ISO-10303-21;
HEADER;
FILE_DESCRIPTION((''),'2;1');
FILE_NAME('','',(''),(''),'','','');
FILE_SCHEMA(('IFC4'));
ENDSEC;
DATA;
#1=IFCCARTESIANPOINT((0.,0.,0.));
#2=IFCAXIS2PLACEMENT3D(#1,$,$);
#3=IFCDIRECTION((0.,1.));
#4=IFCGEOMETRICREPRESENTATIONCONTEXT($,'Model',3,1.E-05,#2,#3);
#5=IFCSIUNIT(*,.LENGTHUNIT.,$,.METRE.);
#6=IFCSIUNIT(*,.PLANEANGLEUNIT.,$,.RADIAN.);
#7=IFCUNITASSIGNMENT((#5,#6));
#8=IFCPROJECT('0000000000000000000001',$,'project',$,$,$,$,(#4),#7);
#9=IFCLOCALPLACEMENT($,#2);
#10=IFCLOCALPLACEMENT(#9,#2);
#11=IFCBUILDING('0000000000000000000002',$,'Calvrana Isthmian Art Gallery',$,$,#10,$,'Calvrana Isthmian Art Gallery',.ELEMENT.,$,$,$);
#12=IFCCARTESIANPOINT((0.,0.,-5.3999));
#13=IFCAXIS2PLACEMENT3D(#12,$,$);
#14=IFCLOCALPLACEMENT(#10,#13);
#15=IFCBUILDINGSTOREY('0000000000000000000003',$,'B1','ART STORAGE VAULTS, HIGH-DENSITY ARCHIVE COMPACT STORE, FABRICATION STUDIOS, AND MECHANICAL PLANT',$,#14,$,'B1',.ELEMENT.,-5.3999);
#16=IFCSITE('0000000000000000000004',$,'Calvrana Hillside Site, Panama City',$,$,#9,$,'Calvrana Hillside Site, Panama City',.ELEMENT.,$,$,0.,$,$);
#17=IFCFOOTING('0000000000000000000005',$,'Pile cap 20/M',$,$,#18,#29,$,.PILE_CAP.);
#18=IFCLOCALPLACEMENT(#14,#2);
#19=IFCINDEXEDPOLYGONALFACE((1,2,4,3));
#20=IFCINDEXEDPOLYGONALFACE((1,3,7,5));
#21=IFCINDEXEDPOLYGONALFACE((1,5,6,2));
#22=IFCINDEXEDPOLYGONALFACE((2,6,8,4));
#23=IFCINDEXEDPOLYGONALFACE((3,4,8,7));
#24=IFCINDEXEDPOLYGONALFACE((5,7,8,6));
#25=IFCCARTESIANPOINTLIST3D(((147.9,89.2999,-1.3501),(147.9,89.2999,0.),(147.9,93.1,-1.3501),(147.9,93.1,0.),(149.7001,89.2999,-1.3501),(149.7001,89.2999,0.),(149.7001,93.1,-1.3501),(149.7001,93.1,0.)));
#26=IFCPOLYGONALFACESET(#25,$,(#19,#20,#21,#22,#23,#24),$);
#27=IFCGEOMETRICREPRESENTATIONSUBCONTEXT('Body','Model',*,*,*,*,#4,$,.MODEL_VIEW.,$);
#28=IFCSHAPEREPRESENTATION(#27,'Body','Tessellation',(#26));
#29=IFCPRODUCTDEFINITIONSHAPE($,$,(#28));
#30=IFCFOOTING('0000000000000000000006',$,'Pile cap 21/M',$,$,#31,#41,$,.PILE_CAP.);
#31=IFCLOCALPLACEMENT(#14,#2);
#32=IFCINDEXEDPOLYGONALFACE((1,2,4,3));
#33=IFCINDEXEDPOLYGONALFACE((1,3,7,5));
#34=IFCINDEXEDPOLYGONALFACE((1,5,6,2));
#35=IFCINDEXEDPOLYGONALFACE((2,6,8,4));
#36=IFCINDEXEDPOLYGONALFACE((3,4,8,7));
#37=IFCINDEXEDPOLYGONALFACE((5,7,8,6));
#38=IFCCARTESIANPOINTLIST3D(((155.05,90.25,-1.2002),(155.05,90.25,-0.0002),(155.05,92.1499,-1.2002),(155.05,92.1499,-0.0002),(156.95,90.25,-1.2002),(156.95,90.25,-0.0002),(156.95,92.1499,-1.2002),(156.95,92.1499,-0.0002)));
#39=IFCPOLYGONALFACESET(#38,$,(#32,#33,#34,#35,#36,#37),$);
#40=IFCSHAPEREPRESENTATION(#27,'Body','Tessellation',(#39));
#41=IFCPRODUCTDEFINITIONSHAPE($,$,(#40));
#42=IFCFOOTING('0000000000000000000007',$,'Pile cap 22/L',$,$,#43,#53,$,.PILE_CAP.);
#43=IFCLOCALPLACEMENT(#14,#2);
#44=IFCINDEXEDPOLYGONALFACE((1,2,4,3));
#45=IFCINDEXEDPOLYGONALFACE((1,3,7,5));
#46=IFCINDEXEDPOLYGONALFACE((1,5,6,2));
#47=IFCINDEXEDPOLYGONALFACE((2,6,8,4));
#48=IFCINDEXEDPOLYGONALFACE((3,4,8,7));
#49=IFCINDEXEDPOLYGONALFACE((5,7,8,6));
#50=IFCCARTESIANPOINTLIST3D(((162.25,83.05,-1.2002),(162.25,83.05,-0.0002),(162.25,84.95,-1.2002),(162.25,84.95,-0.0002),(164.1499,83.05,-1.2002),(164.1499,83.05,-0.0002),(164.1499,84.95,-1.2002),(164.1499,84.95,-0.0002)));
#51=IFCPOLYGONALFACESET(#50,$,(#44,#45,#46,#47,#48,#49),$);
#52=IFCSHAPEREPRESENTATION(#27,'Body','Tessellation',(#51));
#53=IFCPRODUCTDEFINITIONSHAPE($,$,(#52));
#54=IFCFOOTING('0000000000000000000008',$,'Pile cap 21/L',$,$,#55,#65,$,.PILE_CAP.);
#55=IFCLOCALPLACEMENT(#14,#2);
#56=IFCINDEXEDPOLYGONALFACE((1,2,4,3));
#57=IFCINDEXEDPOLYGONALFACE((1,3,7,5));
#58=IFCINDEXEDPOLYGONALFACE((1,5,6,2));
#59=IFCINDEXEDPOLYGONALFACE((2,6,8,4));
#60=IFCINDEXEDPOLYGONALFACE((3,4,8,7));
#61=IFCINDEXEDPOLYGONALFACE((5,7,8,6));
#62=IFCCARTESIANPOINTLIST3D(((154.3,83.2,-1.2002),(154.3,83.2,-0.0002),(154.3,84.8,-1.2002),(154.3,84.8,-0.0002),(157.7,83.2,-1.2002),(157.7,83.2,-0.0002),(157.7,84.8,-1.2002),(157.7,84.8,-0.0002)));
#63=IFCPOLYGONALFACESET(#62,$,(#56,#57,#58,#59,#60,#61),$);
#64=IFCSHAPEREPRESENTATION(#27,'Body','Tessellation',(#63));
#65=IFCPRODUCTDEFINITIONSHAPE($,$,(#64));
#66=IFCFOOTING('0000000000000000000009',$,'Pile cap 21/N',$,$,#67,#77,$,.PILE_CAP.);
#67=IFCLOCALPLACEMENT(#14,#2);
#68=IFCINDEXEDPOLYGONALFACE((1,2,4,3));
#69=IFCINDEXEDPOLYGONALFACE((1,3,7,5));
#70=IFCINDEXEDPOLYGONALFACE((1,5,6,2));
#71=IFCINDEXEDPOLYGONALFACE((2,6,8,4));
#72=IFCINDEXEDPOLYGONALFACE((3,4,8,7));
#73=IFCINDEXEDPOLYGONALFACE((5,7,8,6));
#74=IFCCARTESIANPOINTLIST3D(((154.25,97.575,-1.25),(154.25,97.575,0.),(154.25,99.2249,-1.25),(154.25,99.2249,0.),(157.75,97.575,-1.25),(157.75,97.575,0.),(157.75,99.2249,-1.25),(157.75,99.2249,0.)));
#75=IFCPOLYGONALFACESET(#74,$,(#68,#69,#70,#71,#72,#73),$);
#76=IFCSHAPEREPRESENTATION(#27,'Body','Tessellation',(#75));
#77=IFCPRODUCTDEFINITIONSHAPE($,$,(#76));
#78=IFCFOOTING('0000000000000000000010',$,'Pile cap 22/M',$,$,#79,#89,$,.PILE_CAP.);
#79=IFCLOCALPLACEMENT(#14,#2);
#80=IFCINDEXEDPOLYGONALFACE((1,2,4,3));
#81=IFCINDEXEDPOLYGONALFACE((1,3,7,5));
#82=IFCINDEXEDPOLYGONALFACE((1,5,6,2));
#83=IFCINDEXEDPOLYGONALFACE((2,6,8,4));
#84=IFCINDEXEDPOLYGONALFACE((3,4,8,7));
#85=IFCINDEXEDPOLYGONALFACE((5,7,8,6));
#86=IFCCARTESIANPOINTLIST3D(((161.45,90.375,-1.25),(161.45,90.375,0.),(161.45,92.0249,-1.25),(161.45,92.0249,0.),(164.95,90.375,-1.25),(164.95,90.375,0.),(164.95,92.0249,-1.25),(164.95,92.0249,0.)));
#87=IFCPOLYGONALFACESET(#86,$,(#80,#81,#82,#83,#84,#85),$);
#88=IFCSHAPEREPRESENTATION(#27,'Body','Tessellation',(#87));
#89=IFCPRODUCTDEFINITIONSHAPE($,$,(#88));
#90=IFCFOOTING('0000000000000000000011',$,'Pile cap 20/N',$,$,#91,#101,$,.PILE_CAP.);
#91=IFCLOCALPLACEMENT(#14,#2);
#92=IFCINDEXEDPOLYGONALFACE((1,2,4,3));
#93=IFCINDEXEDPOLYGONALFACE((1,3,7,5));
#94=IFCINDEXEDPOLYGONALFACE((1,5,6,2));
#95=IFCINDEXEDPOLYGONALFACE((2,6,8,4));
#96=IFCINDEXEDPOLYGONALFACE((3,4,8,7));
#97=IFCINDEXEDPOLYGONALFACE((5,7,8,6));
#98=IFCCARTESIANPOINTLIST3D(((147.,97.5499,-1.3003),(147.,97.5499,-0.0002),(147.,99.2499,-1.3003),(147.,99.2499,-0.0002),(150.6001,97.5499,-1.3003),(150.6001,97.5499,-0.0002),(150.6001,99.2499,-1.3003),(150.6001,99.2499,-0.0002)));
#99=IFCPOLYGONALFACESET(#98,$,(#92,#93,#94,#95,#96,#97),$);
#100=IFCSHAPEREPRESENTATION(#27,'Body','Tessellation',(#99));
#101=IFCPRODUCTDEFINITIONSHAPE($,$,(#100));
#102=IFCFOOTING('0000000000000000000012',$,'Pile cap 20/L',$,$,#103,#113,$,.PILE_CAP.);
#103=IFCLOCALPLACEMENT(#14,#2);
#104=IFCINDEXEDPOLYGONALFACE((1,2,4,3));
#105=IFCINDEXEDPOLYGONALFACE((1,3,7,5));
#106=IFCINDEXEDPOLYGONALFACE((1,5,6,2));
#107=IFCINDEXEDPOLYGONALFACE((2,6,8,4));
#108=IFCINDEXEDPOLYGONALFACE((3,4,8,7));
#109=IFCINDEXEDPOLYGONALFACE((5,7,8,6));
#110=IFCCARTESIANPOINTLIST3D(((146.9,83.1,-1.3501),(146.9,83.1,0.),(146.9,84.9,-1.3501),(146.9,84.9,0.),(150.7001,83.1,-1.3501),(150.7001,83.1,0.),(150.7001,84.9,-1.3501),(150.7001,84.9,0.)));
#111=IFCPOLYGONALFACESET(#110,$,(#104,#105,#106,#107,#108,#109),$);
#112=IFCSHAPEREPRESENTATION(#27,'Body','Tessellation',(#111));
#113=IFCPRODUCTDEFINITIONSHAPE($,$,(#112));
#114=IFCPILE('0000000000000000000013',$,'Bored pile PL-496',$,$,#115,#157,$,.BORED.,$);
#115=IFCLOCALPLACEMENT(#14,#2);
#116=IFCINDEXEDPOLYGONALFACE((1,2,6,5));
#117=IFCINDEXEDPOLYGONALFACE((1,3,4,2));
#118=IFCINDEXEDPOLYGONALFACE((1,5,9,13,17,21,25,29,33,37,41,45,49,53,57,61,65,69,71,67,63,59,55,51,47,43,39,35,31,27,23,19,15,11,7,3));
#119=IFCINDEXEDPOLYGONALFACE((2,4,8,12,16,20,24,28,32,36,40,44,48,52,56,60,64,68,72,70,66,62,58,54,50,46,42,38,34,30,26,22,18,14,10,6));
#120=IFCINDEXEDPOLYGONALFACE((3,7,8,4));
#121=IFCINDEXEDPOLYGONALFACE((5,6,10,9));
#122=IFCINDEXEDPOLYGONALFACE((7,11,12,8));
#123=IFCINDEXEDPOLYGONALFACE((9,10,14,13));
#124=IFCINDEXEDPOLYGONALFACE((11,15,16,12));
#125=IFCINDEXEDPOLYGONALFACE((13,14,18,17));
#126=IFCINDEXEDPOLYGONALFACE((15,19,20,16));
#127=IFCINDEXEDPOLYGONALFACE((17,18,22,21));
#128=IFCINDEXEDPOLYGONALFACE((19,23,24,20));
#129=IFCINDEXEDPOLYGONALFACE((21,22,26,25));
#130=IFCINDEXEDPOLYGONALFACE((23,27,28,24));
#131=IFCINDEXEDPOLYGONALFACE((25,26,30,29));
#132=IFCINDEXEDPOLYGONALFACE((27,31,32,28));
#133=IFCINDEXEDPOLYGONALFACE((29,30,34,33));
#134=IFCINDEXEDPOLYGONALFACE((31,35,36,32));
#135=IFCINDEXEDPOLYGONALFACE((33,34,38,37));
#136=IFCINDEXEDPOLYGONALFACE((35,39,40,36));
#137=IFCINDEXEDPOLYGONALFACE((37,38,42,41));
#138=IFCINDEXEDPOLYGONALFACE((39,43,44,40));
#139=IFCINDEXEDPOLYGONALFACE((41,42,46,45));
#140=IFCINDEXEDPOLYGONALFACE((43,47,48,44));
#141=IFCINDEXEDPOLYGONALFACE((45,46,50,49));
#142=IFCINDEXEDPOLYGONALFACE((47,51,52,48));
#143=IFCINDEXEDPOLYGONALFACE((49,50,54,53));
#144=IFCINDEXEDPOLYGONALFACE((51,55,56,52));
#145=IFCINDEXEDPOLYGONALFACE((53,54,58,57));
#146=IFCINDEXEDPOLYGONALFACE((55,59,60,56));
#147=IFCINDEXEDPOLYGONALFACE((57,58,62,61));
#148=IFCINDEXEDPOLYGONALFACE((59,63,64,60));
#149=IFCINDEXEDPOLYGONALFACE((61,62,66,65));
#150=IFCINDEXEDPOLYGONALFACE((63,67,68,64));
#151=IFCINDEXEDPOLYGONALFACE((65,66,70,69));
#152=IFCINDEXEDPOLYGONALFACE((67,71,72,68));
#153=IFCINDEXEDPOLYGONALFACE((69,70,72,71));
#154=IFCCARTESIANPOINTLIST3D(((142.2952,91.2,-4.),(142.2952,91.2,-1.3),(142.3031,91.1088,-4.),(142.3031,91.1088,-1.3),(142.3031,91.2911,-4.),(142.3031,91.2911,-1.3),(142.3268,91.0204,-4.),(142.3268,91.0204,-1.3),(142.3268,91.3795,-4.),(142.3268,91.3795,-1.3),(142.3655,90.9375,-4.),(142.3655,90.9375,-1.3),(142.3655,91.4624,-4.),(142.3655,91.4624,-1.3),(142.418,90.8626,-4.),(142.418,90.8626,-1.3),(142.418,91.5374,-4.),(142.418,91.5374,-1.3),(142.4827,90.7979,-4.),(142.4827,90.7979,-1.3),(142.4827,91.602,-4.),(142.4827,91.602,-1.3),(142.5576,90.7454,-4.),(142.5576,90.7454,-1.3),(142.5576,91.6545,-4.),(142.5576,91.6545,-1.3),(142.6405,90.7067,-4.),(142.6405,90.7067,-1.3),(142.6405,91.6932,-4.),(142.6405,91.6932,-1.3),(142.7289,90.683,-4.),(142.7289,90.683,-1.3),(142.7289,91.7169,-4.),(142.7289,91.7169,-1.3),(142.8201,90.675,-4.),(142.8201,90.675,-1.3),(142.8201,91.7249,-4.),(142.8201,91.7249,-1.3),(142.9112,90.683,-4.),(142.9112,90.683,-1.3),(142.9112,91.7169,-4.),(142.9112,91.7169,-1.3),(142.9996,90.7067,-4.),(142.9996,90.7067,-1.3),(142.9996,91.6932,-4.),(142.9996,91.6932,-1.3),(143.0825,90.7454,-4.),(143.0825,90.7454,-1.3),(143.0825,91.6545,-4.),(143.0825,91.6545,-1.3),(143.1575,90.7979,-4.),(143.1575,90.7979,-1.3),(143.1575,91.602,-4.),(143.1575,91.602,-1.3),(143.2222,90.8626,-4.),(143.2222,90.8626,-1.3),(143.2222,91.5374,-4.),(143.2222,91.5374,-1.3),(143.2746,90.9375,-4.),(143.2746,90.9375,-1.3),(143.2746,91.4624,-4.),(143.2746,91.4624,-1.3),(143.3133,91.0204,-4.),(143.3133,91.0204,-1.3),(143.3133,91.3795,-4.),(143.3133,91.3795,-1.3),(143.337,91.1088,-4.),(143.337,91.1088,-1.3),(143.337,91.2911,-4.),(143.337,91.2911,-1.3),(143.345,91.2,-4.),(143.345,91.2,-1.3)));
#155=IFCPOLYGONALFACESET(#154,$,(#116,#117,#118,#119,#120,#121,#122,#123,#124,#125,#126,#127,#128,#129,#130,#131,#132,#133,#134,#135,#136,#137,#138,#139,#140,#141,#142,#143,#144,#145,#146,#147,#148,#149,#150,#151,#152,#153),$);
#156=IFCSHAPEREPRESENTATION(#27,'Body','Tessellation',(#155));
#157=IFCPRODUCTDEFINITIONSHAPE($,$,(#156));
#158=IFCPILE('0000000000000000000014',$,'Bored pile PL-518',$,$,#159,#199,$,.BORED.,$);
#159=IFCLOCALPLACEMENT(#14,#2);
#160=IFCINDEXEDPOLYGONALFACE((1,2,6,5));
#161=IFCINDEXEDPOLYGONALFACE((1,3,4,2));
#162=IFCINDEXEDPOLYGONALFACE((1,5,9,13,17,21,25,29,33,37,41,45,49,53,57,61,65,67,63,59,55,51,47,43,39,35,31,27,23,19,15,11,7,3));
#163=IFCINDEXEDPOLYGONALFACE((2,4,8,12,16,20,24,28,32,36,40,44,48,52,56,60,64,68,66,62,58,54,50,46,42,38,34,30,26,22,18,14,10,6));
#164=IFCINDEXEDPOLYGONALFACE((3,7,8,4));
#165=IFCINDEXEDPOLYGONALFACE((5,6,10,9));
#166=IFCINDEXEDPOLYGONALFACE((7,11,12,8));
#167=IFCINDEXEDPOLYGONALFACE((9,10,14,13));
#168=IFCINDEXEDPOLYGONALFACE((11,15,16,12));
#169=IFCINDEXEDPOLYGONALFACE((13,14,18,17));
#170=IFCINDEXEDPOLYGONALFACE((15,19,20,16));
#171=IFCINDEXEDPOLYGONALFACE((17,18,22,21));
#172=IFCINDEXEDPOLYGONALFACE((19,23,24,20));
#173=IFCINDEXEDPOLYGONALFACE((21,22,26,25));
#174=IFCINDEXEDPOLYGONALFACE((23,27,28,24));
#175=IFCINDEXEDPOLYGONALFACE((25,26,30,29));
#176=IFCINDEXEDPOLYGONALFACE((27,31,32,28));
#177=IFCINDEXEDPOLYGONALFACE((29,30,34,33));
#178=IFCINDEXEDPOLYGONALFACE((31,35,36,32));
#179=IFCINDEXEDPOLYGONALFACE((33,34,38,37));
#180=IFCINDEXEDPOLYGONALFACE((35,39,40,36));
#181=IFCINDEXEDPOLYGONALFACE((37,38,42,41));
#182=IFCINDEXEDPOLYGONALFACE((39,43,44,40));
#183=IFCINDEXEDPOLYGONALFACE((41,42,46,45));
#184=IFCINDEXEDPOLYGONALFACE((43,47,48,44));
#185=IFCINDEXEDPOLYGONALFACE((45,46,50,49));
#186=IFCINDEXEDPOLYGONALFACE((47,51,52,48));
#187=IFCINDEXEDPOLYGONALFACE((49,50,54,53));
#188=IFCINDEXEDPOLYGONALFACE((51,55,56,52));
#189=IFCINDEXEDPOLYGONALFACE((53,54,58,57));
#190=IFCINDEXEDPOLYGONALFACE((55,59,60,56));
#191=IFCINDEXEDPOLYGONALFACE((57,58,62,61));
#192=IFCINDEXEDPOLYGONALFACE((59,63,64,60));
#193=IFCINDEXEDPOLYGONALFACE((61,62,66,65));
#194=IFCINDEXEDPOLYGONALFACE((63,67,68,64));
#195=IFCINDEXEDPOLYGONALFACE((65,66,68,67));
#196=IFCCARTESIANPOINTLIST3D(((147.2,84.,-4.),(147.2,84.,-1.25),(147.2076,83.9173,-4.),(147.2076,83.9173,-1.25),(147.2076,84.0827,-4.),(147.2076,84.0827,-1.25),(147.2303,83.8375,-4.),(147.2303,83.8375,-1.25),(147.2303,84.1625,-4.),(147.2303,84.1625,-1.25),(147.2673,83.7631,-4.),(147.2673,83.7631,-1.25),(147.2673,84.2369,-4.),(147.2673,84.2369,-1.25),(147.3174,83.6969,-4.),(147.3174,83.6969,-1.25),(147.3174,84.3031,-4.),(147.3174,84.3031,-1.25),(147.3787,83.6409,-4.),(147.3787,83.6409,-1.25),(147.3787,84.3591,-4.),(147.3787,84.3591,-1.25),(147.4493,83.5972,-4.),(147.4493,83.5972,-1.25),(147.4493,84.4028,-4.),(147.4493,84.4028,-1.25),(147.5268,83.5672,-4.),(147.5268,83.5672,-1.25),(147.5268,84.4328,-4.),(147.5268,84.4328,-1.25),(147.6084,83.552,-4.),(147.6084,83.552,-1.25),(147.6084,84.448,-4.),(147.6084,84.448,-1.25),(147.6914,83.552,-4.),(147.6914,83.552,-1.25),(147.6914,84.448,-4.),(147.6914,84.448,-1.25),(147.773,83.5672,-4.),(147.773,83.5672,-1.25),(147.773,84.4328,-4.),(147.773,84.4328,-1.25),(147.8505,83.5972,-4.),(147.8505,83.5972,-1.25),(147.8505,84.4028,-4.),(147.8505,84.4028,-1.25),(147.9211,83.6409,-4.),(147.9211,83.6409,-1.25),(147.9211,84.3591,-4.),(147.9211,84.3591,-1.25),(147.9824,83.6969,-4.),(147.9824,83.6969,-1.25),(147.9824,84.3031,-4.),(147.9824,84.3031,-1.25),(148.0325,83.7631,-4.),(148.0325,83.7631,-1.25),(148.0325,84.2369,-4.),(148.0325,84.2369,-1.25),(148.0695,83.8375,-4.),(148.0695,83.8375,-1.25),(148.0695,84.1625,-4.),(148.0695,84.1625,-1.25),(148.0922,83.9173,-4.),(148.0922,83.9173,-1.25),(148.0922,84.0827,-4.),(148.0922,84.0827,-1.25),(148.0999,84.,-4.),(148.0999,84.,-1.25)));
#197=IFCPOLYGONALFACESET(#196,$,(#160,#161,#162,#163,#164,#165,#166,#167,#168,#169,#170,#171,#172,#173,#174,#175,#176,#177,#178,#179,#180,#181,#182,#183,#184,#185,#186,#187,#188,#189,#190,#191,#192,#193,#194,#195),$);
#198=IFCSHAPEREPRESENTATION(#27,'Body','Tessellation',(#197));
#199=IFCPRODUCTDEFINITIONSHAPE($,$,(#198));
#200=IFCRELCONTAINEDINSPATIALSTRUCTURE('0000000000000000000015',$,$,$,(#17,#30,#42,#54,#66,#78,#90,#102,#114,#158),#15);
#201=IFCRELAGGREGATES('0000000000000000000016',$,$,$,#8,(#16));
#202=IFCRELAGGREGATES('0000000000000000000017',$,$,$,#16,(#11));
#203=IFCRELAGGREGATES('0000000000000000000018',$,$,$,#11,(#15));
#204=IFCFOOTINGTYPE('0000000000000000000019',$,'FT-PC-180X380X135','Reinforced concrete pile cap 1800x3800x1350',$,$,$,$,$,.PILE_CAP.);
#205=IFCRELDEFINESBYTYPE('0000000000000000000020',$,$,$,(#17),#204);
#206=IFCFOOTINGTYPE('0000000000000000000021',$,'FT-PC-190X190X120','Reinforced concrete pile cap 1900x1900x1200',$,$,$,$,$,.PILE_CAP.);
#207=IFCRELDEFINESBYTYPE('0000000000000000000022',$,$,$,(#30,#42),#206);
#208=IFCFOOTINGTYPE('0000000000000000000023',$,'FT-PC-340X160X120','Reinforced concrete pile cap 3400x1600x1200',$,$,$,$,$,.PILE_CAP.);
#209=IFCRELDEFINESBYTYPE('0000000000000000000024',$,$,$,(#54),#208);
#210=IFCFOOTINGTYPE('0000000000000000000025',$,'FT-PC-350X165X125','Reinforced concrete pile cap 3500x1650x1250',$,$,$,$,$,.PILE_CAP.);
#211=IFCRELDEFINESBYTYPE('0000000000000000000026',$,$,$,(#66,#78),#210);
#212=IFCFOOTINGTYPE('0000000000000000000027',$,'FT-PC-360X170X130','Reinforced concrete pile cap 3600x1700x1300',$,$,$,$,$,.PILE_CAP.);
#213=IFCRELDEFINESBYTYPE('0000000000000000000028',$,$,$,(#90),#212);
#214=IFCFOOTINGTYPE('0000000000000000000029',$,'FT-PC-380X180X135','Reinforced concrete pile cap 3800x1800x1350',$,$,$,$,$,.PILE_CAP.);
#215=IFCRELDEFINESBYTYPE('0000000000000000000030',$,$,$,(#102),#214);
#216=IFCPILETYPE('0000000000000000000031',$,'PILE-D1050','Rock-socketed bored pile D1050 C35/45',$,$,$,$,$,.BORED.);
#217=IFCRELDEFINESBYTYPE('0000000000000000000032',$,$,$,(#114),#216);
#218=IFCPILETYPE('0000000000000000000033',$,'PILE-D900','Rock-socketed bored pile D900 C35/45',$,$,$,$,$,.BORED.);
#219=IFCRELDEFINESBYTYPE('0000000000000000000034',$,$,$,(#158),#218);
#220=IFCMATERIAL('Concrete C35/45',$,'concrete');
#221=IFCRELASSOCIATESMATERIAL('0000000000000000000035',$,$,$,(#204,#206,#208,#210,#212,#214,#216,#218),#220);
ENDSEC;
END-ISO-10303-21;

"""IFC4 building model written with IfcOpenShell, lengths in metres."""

from ifc_helpers import new_model, si_unit, direction, frame, origin, origin_2d, place, context, subcontext, project, spatial, rectangle, circle, extrude, material, material_profile, profile_set, type_object, element, save


model = new_model("IFC4")

# Units and contexts
model_context = context("Model", 3, precision=1e-05, world=origin(), true_north=direction((0.0, 1.0)))
body_context = subcontext(model_context, "Body", "Model", "MODEL_VIEW")
ifc_project = project(units=[si_unit("LENGTHUNIT", "METRE"), si_unit("PLANEANGLEUNIT", "RADIAN")], contexts=[model_context])

# Site, building, storey
site_placement = place(None, origin())
site = spatial("IfcSite", under=ifc_project, at=site_placement, Name="Calvrana Hillside Site, Panama City", LongName="Calvrana Hillside Site, Panama City", CompositionType="ELEMENT", RefElevation=0.0)
building_placement = place(site_placement, origin())
building = spatial("IfcBuilding", under=site, at=building_placement, Name="Calvrana Isthmian Art Gallery", LongName="Calvrana Isthmian Art Gallery", CompositionType="ELEMENT")
storey_placement = place(building_placement, frame((0.0, 0.0, -5.3999)))
storey = spatial("IfcBuildingStorey", under=building, at=storey_placement, Name="B1", Description="ART STORAGE VAULTS, HIGH-DENSITY ARCHIVE COMPACT STORE, FABRICATION STUDIOS, AND MECHANICAL PLANT", LongName="B1", CompositionType="ELEMENT", Elevation=-5.3999)

# Footings
ifc_material_1 = material(Name="Concrete C35/45", Category="concrete")
footing_type_1 = type_object("IfcFootingType", Name="FT-PC-180X380X135", Description="Reinforced concrete pile cap 1800x3800x1350", PredefinedType="PILE_CAP", material=ifc_material_1)
footing_1_placement = place(storey_placement, frame((148.8, 91.2, -1.3501), z_axis=(0.0, 0.0, 1.0), x_axis=(1.0, 0.0, 0.0)))
element("IfcFooting", 1, at=footing_1_placement, inside=storey, type_object=footing_type_1, Name="Pile cap 20/M", PredefinedType="PILE_CAP", context=body_context, shape_type="SweptSolid", body=[
    extrude(rectangle(XDim=1.8, YDim=3.8, at=origin_2d()), origin(), (0.0, 0.0, 1.0), 1.3501),
])
footing_type_2 = type_object("IfcFootingType", Name="FT-PC-190X190X120", Description="Reinforced concrete pile cap 1900x1900x1200", PredefinedType="PILE_CAP", material=ifc_material_1)
for number, where, z_axis, x_axis, name in (
    (2, (156.0, 91.2, -1.2002), (0.0, 0.0, 1.0), (1.0, 0.0, 0.0), "Pile cap 21/M"),
    (3, (163.2, 84.0, -1.2002), (0.0, 0.0, 1.0), (1.0, 0.0, 0.0), "Pile cap 22/L"),
):
    element("IfcFooting", number, at=place(storey_placement, frame(where, z_axis=z_axis, x_axis=x_axis)), inside=storey, type_object=footing_type_2, Name=name, PredefinedType="PILE_CAP", context=body_context, shape_type="SweptSolid", body=[
        extrude(rectangle(XDim=1.8999, YDim=1.8999, at=origin_2d()), origin(), (0.0, 0.0, 1.0), 1.2),
    ])
footing_type_3 = type_object("IfcFootingType", Name="FT-PC-340X160X120", Description="Reinforced concrete pile cap 3400x1600x1200", PredefinedType="PILE_CAP", material=ifc_material_1)
footing_2_placement = place(storey_placement, frame((156.0, 84.0, -1.2002), z_axis=(0.0, 0.0, 1.0), x_axis=(1.0, 0.0, 0.0)))
element("IfcFooting", 4, at=footing_2_placement, inside=storey, type_object=footing_type_3, Name="Pile cap 21/L", PredefinedType="PILE_CAP", context=body_context, shape_type="SweptSolid", body=[
    extrude(rectangle(XDim=3.3999, YDim=1.6001, at=origin_2d()), origin(), (0.0, 0.0, 1.0), 1.2),
])
footing_type_4 = type_object("IfcFootingType", Name="FT-PC-350X165X125", Description="Reinforced concrete pile cap 3500x1650x1250", PredefinedType="PILE_CAP", material=ifc_material_1)
for number, where, z_axis, x_axis, name in (
    (5, (156.0, 98.3999, -1.25), (0.0, 0.0, 1.0), (1.0, 0.0, 0.0), "Pile cap 21/N"),
    (6, (163.2, 91.2, -1.25), (0.0, 0.0, 1.0), (1.0, 0.0, 0.0), "Pile cap 22/M"),
):
    element("IfcFooting", number, at=place(storey_placement, frame(where, z_axis=z_axis, x_axis=x_axis)), inside=storey, type_object=footing_type_4, Name=name, PredefinedType="PILE_CAP", context=body_context, shape_type="SweptSolid", body=[
        extrude(rectangle(XDim=3.5, YDim=1.6499, at=origin_2d()), origin(), (0.0, 0.0, 1.0), 1.25),
    ])
footing_type_5 = type_object("IfcFootingType", Name="FT-PC-360X170X130", Description="Reinforced concrete pile cap 3600x1700x1300", PredefinedType="PILE_CAP", material=ifc_material_1)
footing_3_placement = place(storey_placement, frame((148.8, 98.3999, -1.3003), z_axis=(0.0, 0.0, 1.0), x_axis=(1.0, 0.0, 0.0)))
element("IfcFooting", 7, at=footing_3_placement, inside=storey, type_object=footing_type_5, Name="Pile cap 20/N", PredefinedType="PILE_CAP", context=body_context, shape_type="SweptSolid", body=[
    extrude(rectangle(XDim=3.6001, YDim=1.7, at=origin_2d()), origin(), (0.0, 0.0, 1.0), 1.3),
])
footing_type_6 = type_object("IfcFootingType", Name="FT-PC-380X180X135", Description="Reinforced concrete pile cap 3800x1800x1350", PredefinedType="PILE_CAP", material=ifc_material_1)
footing_4_placement = place(storey_placement, frame((148.8, 84.0, -1.3501), z_axis=(0.0, 0.0, 1.0), x_axis=(1.0, 0.0, 0.0)))
element("IfcFooting", 8, at=footing_4_placement, inside=storey, type_object=footing_type_6, Name="Pile cap 20/L", PredefinedType="PILE_CAP", context=body_context, shape_type="SweptSolid", body=[
    extrude(rectangle(XDim=3.8, YDim=1.8, at=origin_2d()), origin(), (0.0, 0.0, 1.0), 1.3501),
])

# Piles
ifc_material_profile_1 = material_profile(ifc_material_1, circle(Radius=0.5249, at=origin_2d()), Name="PILE1050D")
ifc_profile_set_1 = profile_set([ifc_material_profile_1], Name="Concrete C35/45")
pile_type_1 = type_object("IfcPileType", Name="PILE-D1050", Description="Rock-socketed bored pile D1050 C35/45", PredefinedType="BORED", material=ifc_profile_set_1)
pile_1_placement = place(storey_placement, frame((142.8201, 91.2, -1.3), z_axis=(0.0, 0.0, -1.0), x_axis=(1.0, 0.0, 0.0)))
element("IfcPile", 9, at=pile_1_placement, inside=storey, type_object=pile_type_1, Name="Bored pile PL-496", PredefinedType="BORED", context=body_context, shape_type="SweptSolid", body=[
    extrude(circle(Radius=0.5249, at=origin_2d()), origin(), (0.0, 0.0, 1.0), 2.7),
])
ifc_material_profile_2 = material_profile(ifc_material_1, circle(Radius=0.45, at=origin_2d()), Name="PILE900D")
ifc_profile_set_2 = profile_set([ifc_material_profile_2], Name="Concrete C35/45")
pile_type_2 = type_object("IfcPileType", Name="PILE-D900", Description="Rock-socketed bored pile D900 C35/45", PredefinedType="BORED", material=ifc_profile_set_2)
for number, where, z_axis, x_axis, name in (
    (10, (147.6499, 84.0, -1.25), (0.0, 0.0, -1.0), (1.0, 0.0, 0.0), "Bored pile PL-518"),
):
    element("IfcPile", number, at=place(storey_placement, frame(where, z_axis=z_axis, x_axis=x_axis)), inside=storey, type_object=pile_type_2, Name=name, PredefinedType="BORED", context=body_context, shape_type="SweptSolid", body=[
        extrude(circle(Radius=0.45, at=origin_2d()), origin(), (0.0, 0.0, 1.0), 2.75),
    ])

save(model, "model.ifc")
